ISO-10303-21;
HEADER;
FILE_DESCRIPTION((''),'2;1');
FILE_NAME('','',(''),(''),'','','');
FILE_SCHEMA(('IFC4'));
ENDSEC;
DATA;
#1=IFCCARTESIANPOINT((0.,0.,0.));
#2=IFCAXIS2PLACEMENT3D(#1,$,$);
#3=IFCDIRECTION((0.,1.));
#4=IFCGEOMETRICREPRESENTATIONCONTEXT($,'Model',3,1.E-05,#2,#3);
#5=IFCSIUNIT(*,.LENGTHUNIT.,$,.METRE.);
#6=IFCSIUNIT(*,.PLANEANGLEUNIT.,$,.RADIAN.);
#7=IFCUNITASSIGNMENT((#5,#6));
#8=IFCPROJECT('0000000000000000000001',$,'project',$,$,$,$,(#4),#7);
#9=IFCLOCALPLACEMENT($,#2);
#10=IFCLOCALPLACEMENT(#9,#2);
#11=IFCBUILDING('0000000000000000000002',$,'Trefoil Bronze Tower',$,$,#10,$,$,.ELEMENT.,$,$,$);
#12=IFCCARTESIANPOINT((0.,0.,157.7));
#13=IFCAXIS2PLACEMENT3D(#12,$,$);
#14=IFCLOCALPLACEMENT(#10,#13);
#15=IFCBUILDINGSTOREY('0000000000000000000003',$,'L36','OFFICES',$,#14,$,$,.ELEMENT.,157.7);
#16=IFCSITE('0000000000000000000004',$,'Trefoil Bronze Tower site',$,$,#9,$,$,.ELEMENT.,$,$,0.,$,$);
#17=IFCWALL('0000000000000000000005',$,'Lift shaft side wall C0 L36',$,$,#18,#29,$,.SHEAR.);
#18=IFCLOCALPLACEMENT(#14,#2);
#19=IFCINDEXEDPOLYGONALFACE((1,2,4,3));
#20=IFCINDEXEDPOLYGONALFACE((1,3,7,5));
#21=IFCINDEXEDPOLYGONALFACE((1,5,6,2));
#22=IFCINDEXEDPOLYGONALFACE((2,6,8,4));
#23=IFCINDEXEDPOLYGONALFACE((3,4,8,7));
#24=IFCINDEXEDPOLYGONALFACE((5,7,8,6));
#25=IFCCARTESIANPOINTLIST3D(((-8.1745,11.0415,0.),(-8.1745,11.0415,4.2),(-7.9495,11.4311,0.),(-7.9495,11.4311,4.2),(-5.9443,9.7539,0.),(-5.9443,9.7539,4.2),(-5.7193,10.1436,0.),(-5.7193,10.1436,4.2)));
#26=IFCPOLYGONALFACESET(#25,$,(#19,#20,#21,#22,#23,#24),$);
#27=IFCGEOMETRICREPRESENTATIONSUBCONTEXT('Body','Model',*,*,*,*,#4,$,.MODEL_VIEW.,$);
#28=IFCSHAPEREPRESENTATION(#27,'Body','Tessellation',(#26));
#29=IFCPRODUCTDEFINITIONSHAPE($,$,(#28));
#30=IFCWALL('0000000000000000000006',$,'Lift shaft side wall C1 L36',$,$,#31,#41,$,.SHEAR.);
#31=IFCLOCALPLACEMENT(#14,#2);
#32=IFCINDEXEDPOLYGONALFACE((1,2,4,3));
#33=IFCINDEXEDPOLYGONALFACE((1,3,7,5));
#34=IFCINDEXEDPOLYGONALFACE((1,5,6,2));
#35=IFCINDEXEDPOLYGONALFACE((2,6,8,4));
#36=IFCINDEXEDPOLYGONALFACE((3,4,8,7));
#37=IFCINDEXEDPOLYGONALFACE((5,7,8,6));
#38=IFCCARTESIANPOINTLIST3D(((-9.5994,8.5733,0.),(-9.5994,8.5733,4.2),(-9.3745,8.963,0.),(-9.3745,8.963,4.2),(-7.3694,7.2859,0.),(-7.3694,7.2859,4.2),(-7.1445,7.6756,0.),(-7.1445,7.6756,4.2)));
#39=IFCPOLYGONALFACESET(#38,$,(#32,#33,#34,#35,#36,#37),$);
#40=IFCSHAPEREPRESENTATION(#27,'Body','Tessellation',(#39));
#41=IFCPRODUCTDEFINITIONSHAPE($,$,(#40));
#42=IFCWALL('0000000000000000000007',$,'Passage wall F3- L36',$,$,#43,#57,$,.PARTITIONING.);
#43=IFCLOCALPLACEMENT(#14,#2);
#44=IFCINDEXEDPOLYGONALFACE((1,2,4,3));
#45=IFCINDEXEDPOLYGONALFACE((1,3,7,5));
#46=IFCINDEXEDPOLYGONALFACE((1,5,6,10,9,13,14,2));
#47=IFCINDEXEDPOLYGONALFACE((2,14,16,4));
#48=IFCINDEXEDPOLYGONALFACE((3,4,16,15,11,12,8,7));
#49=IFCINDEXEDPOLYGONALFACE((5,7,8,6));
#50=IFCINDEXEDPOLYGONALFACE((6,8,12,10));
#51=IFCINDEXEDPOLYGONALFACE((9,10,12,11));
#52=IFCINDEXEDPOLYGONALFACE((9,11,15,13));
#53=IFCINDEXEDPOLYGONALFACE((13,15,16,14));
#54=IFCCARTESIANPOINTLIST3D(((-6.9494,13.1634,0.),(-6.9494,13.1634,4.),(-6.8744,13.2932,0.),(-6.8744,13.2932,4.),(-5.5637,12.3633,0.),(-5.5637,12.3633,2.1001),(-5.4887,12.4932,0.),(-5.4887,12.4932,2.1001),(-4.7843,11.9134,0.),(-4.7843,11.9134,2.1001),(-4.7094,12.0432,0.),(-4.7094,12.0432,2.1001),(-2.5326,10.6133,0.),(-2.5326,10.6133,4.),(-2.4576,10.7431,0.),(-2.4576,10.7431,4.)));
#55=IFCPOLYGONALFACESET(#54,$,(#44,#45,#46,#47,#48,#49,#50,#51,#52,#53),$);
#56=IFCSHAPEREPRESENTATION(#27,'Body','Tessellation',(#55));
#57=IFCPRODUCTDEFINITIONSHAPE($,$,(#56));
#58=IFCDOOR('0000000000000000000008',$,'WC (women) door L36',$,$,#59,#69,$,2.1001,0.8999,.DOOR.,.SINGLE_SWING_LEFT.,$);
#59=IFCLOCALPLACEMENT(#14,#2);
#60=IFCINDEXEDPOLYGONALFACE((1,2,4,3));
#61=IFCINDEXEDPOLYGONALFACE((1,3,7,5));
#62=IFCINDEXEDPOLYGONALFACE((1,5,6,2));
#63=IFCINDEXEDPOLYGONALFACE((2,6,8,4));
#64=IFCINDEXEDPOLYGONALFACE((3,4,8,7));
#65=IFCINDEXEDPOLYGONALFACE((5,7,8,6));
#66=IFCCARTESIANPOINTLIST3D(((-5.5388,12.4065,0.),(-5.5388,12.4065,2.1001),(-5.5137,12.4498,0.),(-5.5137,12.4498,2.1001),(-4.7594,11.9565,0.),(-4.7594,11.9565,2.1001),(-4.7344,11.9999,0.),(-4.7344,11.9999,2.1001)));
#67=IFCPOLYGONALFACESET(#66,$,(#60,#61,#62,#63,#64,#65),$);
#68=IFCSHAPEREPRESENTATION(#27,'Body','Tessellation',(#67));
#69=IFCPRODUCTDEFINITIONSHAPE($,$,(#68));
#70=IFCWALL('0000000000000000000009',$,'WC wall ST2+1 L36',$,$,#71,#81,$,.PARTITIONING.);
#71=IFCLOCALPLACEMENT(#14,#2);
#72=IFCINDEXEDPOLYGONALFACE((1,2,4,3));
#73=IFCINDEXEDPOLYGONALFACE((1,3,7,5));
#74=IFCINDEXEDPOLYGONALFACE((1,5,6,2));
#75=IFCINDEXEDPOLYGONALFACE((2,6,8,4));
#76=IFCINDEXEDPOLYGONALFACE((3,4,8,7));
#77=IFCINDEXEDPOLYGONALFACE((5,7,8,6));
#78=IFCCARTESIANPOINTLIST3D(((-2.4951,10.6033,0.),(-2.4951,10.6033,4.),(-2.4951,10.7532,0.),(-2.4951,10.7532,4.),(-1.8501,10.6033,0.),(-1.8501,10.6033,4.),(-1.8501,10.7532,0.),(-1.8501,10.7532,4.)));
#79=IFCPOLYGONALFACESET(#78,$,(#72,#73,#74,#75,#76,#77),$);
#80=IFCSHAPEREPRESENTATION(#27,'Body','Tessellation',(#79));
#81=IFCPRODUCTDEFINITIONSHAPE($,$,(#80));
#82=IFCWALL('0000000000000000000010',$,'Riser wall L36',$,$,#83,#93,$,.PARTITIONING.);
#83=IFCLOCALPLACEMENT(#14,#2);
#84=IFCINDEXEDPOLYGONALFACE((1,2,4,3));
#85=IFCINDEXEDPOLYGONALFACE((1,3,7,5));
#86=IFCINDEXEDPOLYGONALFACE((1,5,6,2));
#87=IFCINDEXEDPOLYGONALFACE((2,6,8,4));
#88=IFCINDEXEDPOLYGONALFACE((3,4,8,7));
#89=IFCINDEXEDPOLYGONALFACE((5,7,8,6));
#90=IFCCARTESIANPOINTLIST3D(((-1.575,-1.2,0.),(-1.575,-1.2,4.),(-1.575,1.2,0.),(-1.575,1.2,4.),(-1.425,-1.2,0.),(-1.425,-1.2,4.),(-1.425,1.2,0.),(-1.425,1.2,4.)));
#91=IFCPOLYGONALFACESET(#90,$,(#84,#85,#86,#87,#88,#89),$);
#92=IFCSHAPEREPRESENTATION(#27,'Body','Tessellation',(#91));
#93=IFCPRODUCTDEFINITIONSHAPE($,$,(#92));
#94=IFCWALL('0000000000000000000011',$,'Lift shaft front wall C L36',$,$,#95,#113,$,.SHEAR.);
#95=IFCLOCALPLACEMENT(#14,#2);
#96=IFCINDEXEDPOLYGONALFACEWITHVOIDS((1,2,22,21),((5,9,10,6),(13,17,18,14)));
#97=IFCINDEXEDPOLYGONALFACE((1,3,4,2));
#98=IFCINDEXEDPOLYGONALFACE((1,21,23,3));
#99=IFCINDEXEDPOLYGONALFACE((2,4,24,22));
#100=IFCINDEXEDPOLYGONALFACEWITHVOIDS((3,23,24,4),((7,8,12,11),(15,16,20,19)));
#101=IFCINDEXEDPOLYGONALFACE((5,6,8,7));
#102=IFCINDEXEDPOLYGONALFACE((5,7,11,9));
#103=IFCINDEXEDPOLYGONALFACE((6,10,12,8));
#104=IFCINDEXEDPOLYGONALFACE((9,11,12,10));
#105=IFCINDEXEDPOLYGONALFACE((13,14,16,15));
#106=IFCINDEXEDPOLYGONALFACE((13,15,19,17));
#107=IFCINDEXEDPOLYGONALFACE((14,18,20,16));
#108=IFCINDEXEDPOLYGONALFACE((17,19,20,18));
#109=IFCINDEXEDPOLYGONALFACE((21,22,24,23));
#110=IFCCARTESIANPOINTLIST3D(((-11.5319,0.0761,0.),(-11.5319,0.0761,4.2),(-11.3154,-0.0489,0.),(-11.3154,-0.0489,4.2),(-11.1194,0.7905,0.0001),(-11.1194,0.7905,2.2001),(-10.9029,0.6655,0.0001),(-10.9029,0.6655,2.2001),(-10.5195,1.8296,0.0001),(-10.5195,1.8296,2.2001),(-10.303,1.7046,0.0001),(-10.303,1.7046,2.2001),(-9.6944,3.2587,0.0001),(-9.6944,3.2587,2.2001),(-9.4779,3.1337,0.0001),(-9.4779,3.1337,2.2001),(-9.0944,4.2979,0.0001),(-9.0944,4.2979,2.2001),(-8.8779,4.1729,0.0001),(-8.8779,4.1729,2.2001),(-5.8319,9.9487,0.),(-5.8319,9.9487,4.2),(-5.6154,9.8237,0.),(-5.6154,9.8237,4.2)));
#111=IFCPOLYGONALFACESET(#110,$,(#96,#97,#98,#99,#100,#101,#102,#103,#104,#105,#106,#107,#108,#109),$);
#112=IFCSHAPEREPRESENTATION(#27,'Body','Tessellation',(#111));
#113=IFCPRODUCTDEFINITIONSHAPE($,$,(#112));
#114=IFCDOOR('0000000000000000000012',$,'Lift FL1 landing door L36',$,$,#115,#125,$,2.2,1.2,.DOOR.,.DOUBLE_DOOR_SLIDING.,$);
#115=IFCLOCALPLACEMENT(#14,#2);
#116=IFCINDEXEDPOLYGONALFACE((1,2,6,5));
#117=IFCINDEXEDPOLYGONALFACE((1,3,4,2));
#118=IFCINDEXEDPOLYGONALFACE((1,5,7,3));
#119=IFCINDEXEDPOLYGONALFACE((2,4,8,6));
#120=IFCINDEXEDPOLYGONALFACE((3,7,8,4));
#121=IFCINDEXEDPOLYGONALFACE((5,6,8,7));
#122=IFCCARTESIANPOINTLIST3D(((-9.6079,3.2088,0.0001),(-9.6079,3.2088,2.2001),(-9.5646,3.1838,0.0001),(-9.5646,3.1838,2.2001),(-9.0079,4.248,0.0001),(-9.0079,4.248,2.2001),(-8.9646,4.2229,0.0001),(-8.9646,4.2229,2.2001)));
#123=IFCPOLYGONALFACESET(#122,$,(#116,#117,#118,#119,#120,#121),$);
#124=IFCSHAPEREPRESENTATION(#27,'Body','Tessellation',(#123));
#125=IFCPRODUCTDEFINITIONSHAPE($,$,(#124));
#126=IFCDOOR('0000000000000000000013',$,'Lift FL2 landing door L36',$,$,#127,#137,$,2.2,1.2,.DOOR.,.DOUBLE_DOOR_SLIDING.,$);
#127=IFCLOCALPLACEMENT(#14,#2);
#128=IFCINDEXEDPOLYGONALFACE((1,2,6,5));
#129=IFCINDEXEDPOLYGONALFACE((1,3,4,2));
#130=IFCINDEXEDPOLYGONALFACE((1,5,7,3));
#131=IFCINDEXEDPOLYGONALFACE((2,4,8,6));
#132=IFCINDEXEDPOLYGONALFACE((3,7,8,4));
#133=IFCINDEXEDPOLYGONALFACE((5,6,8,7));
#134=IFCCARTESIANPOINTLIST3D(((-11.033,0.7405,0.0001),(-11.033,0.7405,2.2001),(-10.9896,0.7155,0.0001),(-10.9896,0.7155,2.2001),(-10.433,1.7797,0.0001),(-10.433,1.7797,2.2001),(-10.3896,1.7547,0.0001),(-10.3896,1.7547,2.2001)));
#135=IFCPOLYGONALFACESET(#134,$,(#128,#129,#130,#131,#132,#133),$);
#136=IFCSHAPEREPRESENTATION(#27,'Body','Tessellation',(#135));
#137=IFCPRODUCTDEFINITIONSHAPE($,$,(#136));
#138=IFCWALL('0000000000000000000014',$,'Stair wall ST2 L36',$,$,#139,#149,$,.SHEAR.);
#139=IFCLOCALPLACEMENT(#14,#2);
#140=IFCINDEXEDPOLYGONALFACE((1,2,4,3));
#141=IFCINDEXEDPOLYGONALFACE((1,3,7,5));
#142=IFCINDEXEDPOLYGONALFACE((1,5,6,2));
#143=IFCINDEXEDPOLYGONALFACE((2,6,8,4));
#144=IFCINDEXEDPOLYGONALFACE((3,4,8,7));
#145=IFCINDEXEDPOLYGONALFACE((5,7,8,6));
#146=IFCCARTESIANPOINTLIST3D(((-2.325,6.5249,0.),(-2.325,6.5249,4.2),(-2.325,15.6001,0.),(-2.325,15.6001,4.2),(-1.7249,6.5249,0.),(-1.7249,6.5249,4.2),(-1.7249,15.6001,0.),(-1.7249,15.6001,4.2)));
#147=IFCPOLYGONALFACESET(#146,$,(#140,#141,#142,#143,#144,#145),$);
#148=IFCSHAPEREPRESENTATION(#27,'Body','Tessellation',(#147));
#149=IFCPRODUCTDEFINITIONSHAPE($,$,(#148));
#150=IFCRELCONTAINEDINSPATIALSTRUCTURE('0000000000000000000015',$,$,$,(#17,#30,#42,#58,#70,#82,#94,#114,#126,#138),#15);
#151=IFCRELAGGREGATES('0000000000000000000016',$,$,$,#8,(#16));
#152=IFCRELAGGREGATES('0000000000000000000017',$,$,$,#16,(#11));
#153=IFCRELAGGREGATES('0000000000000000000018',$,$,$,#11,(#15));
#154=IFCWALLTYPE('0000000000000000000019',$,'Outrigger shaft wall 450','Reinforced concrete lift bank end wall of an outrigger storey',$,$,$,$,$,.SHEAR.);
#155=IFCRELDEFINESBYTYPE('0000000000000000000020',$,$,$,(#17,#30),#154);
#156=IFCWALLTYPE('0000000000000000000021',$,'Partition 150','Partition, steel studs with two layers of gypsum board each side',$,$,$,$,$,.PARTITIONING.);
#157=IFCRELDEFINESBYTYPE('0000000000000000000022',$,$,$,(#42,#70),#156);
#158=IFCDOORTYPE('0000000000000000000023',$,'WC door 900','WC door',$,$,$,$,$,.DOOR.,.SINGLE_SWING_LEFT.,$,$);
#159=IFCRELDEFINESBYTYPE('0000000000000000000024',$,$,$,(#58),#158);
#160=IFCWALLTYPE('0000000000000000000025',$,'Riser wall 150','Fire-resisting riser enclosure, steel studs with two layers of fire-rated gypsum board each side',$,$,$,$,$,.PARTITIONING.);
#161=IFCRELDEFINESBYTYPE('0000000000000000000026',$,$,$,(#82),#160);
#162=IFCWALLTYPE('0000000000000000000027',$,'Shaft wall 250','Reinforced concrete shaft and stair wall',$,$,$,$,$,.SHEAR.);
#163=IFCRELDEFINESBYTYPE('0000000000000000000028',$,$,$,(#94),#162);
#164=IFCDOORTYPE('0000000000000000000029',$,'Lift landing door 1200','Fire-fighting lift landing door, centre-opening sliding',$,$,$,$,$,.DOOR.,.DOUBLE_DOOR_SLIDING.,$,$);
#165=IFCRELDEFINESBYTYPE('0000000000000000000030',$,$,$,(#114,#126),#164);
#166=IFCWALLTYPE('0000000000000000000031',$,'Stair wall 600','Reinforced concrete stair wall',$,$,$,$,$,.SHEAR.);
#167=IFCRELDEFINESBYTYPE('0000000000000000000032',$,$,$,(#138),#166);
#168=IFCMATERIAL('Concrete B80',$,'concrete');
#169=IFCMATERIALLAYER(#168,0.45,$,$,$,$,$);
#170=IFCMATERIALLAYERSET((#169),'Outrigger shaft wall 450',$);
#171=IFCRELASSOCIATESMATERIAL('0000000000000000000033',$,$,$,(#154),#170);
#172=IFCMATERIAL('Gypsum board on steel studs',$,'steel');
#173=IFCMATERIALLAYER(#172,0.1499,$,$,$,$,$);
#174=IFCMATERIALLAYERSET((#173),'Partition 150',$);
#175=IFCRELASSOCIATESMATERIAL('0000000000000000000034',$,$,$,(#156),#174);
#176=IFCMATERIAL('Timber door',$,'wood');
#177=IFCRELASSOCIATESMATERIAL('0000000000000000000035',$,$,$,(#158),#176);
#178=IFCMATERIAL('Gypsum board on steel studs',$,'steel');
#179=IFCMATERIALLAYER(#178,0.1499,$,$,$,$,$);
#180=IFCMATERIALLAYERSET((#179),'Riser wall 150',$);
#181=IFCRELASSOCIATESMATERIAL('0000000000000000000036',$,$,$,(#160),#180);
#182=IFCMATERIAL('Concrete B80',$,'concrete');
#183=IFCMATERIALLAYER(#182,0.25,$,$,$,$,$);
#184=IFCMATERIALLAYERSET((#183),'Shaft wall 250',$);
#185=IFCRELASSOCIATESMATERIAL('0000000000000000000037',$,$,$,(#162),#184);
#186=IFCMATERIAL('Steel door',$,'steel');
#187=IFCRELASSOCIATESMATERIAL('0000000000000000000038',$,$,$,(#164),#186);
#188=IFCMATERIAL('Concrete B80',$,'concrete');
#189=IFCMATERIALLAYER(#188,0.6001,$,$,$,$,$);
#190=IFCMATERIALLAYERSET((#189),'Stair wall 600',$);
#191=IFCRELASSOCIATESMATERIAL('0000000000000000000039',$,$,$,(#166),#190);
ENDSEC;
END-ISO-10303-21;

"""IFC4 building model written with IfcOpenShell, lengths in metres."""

from ifc_helpers import new_model, si_unit, direction, frame, frame_2d, origin, place, context, subcontext, project, spatial, rectangle, extrude, material, layer, layer_set, type_object, element, fill, save


model = new_model("IFC4")

# Units and contexts
model_context = context("Model", 3, precision=1e-05, world=origin(), true_north=direction((0.0, 1.0)))
body_context = subcontext(model_context, "Body", "Model", "MODEL_VIEW")
ifc_project = project(units=[si_unit("LENGTHUNIT", "METRE"), si_unit("PLANEANGLEUNIT", "RADIAN")], contexts=[model_context])

# Site, building, storey
site_placement = place(None, origin())
site = spatial("IfcSite", under=ifc_project, at=site_placement, Name="Trefoil Bronze Tower site", CompositionType="ELEMENT", RefElevation=0.0)
building_placement = place(site_placement, origin())
building = spatial("IfcBuilding", under=site, at=building_placement, Name="Trefoil Bronze Tower", CompositionType="ELEMENT")
storey_placement = place(building_placement, frame((0.0, 0.0, 157.7)))
storey = spatial("IfcBuildingStorey", under=building, at=storey_placement, Name="L36", Description="OFFICES", CompositionType="ELEMENT", Elevation=157.7)

# Walls
ifc_material_1 = material(Name="Concrete B80", Category="concrete")
ifc_layer_1 = layer(ifc_material_1, 0.45)
ifc_layer_set_1 = layer_set([ifc_layer_1], Name="Outrigger shaft wall 450")
wall_type_1 = type_object("IfcWallType", Name="Outrigger shaft wall 450", Description="Reinforced concrete lift bank end wall of an outrigger storey", PredefinedType="SHEAR", material=ifc_layer_set_1)
wall_1_placement = place(storey_placement, frame((-5.8318, 9.9487, 0.0), z_axis=(0.0, 0.0, 1.0), x_axis=(-0.866029, 0.499993, 0.0)))
element("IfcWall", 1, at=wall_1_placement, inside=storey, type_object=wall_type_1, Name="Lift shaft side wall C0 L36", PredefinedType="SHEAR", context=body_context, shape_type="SweptSolid", body=[
    extrude(rectangle(XDim=2.5752, YDim=0.45, at=frame_2d((1.2876, 0.0))), origin(), (0.0, 0.0, 1.0), 4.2),
])
wall_2_placement = place(storey_placement, frame((-7.2568, 7.4807, 0.0), z_axis=(0.0, 0.0, 1.0), x_axis=(-0.866047, 0.499963, 0.0)))
element("IfcWall", 2, at=wall_2_placement, inside=storey, type_object=wall_type_1, Name="Lift shaft side wall C1 L36", PredefinedType="SHEAR", context=body_context, shape_type="SweptSolid", body=[
    extrude(rectangle(XDim=2.575, YDim=0.45, at=frame_2d((1.2876, 0.0))), origin(), (0.0, 0.0, 1.0), 4.2),
])

# Wall, opening, door
ifc_material_2 = material(Name="Gypsum board on steel studs", Category="steel")
ifc_layer_2 = layer(ifc_material_2, 0.1499)
ifc_layer_set_2 = layer_set([ifc_layer_2], Name="Partition 150")
wall_type_2 = type_object("IfcWallType", Name="Partition 150", Description="Partition, steel studs with two layers of gypsum board each side", PredefinedType="PARTITIONING", material=ifc_layer_set_2)
wall_3_placement = place(storey_placement, frame((-2.4951, 10.6782, 0.0), z_axis=(0.0, 0.0, 1.0), x_axis=(-0.866022, 0.500006, 0.0)))
wall_3 = element("IfcWall", 3, at=wall_3_placement, inside=storey, type_object=wall_type_2, Name="Passage wall F3- L36", PredefinedType="PARTITIONING", context=body_context, shape_type="SweptSolid", body=[
    extrude(rectangle(XDim=5.1001, YDim=0.1499, at=frame_2d((2.55, 0.0))), origin(), (0.0, 0.0, 1.0), 4.0),
])
opening_1_placement = place(wall_3_placement, frame((2.6001, 0.0, 0.0)))
opening_1 = element("IfcOpeningElement", 4, at=opening_1_placement, cuts=wall_3, PredefinedType="OPENING", context=body_context, shape_type="SweptSolid", body=[
    extrude(rectangle(XDim=0.8999, YDim=2.1001, at=frame_2d((0.45, 1.05))), frame((0.0, 0.085, 0.0), z_axis=(0.0, -1.0, 0.0), x_axis=(1.0, 0.0, 0.0)), (0.0, 0.0, 1.0), 0.1699),
])
ifc_material_3 = material(Name="Timber door", Category="wood")
door_type_1 = type_object("IfcDoorType", Name="WC door 900", Description="WC door", OperationType="SINGLE_SWING_LEFT", PredefinedType="DOOR", material=ifc_material_3)
door_1_placement = place(opening_1_placement, frame((0.8999, 0.0, 0.0), z_axis=(0.0, 0.0, 1.0), x_axis=(-1.0, 0.0, 0.0)))
door_1 = element("IfcDoor", 5, at=door_1_placement, inside=storey, type_object=door_type_1, Name="WC (women) door L36", OperationType="SINGLE_SWING_LEFT", OverallHeight=2.1001, OverallWidth=0.8999, PredefinedType="DOOR", context=body_context, shape_type="SweptSolid", body=[
    extrude(rectangle(XDim=0.8999, YDim=2.1001, at=frame_2d((0.45, 1.05))), frame((0.0, 0.0249, 0.0), z_axis=(0.0, -1.0, 0.0), x_axis=(1.0, 0.0, 0.0)), (0.0, 0.0, 1.0), 0.05),
])
fill(opening_1, door_1)

# Walls
wall_4_placement = place(storey_placement, frame((-2.4951, 10.6782, 0.0), z_axis=(0.0, 0.0, 1.0), x_axis=(1.0, 0.0, 0.0)))
element("IfcWall", 6, at=wall_4_placement, inside=storey, type_object=wall_type_2, Name="WC wall ST2+1 L36", PredefinedType="PARTITIONING", context=body_context, shape_type="SweptSolid", body=[
    extrude(rectangle(XDim=0.645, YDim=0.1499, at=frame_2d((0.3225, 0.0))), origin(), (0.0, 0.0, 1.0), 4.0),
])
ifc_material_4 = material(Name="Gypsum board on steel studs", Category="steel")
ifc_layer_3 = layer(ifc_material_4, 0.1499)
ifc_layer_set_3 = layer_set([ifc_layer_3], Name="Riser wall 150")
wall_type_3 = type_object("IfcWallType", Name="Riser wall 150", Description="Fire-resisting riser enclosure, steel studs with two layers of fire-rated gypsum board each side", PredefinedType="PARTITIONING", material=ifc_layer_set_3)
wall_5_placement = place(storey_placement, frame((-1.5, 1.2, 0.0), z_axis=(0.0, 0.0, 1.0), x_axis=(0.0, -1.0, 0.0)))
element("IfcWall", 7, at=wall_5_placement, inside=storey, type_object=wall_type_3, Name="Riser wall L36", PredefinedType="PARTITIONING", context=body_context, shape_type="SweptSolid", body=[
    extrude(rectangle(XDim=2.3999, YDim=0.1499, at=frame_2d((1.2, 0.0))), origin(), (0.0, 0.0, 1.0), 4.0),
])

# Wall, openings, doors
ifc_material_5 = material(Name="Concrete B80", Category="concrete")
ifc_layer_4 = layer(ifc_material_5, 0.25)
ifc_layer_set_4 = layer_set([ifc_layer_4], Name="Shaft wall 250")
wall_type_4 = type_object("IfcWallType", Name="Shaft wall 250", Description="Reinforced concrete shaft and stair wall", PredefinedType="SHEAR", material=ifc_layer_set_4)
wall_6_placement = place(storey_placement, frame((-5.7236, 9.8862, 0.0), z_axis=(0.0, 0.0, 1.0), x_axis=(-0.500002, -0.866024, 0.0)))
wall_6 = element("IfcWall", 8, at=wall_6_placement, inside=storey, type_object=wall_type_4, Name="Lift shaft front wall C L36", PredefinedType="SHEAR", context=body_context, shape_type="SweptSolid", body=[
    extrude(rectangle(XDim=11.3999, YDim=0.25, at=frame_2d((5.7, 0.0))), origin(), (0.0, 0.0, 1.0), 4.2),
])
opening_2_placement = place(wall_6_placement, frame((6.5249, 0.0, 0.0)))
opening_2 = element("IfcOpeningElement", 9, at=opening_2_placement, cuts=wall_6, PredefinedType="OPENING", context=body_context, shape_type="SweptSolid", body=[
    extrude(rectangle(XDim=1.2, YDim=2.2, at=frame_2d((0.6001, 1.1001))), frame((0.0, 0.135, 0.0), z_axis=(0.0, -1.0, 0.0), x_axis=(1.0, 0.0, 0.0)), (0.0, 0.0, 1.0), 0.27),
])
opening_3_placement = place(wall_6_placement, frame((9.375, 0.0, 0.0)))
opening_3 = element("IfcOpeningElement", 10, at=opening_3_placement, cuts=wall_6, PredefinedType="OPENING", context=body_context, shape_type="SweptSolid", body=[
    extrude(rectangle(XDim=1.2, YDim=2.2, at=frame_2d((0.6001, 1.1001))), frame((0.0, 0.135, 0.0), z_axis=(0.0, -1.0, 0.0), x_axis=(1.0, 0.0, 0.0)), (0.0, 0.0, 1.0), 0.27),
])
ifc_material_6 = material(Name="Steel door", Category="steel")
door_type_2 = type_object("IfcDoorType", Name="Lift landing door 1200", Description="Fire-fighting lift landing door, centre-opening sliding", OperationType="DOUBLE_DOOR_SLIDING", PredefinedType="DOOR", material=ifc_material_6)
door_2_placement = place(opening_2_placement, origin())
door_2 = element("IfcDoor", 11, at=door_2_placement, inside=storey, type_object=door_type_2, Name="Lift FL1 landing door L36", OperationType="DOUBLE_DOOR_SLIDING", OverallHeight=2.2, OverallWidth=1.2, PredefinedType="DOOR", context=body_context, shape_type="SweptSolid", body=[
    extrude(rectangle(XDim=1.2, YDim=2.2, at=frame_2d((0.6001, 1.1001))), frame((0.0, 0.0249, 0.0), z_axis=(0.0, -1.0, 0.0), x_axis=(1.0, 0.0, 0.0)), (0.0, 0.0, 1.0), 0.05),
])
fill(opening_2, door_2)
door_3_placement = place(opening_3_placement, origin())
door_3 = element("IfcDoor", 12, at=door_3_placement, inside=storey, type_object=door_type_2, Name="Lift FL2 landing door L36", OperationType="DOUBLE_DOOR_SLIDING", OverallHeight=2.2, OverallWidth=1.2, PredefinedType="DOOR", context=body_context, shape_type="SweptSolid", body=[
    extrude(rectangle(XDim=1.2, YDim=2.2, at=frame_2d((0.6001, 1.1001))), frame((0.0, 0.0249, 0.0), z_axis=(0.0, -1.0, 0.0), x_axis=(1.0, 0.0, 0.0)), (0.0, 0.0, 1.0), 0.05),
])
fill(opening_3, door_3)

# Wall
ifc_material_7 = material(Name="Concrete B80", Category="concrete")
ifc_layer_5 = layer(ifc_material_7, 0.6001)
ifc_layer_set_5 = layer_set([ifc_layer_5], Name="Stair wall 600")
wall_type_5 = type_object("IfcWallType", Name="Stair wall 600", Description="Reinforced concrete stair wall", PredefinedType="SHEAR", material=ifc_layer_set_5)
wall_7_placement = place(storey_placement, frame((-2.0249, 6.5249, 0.0), z_axis=(0.0, 0.0, 1.0), x_axis=(0.0, 1.0, 0.0)))
element("IfcWall", 13, at=wall_7_placement, inside=storey, type_object=wall_type_5, Name="Stair wall ST2 L36", PredefinedType="SHEAR", context=body_context, shape_type="SweptSolid", body=[
    extrude(rectangle(XDim=9.0752, YDim=0.6001, at=frame_2d((4.5376, 0.0))), origin(), (0.0, 0.0, 1.0), 4.2),
])

save(model, "model.ifc")
